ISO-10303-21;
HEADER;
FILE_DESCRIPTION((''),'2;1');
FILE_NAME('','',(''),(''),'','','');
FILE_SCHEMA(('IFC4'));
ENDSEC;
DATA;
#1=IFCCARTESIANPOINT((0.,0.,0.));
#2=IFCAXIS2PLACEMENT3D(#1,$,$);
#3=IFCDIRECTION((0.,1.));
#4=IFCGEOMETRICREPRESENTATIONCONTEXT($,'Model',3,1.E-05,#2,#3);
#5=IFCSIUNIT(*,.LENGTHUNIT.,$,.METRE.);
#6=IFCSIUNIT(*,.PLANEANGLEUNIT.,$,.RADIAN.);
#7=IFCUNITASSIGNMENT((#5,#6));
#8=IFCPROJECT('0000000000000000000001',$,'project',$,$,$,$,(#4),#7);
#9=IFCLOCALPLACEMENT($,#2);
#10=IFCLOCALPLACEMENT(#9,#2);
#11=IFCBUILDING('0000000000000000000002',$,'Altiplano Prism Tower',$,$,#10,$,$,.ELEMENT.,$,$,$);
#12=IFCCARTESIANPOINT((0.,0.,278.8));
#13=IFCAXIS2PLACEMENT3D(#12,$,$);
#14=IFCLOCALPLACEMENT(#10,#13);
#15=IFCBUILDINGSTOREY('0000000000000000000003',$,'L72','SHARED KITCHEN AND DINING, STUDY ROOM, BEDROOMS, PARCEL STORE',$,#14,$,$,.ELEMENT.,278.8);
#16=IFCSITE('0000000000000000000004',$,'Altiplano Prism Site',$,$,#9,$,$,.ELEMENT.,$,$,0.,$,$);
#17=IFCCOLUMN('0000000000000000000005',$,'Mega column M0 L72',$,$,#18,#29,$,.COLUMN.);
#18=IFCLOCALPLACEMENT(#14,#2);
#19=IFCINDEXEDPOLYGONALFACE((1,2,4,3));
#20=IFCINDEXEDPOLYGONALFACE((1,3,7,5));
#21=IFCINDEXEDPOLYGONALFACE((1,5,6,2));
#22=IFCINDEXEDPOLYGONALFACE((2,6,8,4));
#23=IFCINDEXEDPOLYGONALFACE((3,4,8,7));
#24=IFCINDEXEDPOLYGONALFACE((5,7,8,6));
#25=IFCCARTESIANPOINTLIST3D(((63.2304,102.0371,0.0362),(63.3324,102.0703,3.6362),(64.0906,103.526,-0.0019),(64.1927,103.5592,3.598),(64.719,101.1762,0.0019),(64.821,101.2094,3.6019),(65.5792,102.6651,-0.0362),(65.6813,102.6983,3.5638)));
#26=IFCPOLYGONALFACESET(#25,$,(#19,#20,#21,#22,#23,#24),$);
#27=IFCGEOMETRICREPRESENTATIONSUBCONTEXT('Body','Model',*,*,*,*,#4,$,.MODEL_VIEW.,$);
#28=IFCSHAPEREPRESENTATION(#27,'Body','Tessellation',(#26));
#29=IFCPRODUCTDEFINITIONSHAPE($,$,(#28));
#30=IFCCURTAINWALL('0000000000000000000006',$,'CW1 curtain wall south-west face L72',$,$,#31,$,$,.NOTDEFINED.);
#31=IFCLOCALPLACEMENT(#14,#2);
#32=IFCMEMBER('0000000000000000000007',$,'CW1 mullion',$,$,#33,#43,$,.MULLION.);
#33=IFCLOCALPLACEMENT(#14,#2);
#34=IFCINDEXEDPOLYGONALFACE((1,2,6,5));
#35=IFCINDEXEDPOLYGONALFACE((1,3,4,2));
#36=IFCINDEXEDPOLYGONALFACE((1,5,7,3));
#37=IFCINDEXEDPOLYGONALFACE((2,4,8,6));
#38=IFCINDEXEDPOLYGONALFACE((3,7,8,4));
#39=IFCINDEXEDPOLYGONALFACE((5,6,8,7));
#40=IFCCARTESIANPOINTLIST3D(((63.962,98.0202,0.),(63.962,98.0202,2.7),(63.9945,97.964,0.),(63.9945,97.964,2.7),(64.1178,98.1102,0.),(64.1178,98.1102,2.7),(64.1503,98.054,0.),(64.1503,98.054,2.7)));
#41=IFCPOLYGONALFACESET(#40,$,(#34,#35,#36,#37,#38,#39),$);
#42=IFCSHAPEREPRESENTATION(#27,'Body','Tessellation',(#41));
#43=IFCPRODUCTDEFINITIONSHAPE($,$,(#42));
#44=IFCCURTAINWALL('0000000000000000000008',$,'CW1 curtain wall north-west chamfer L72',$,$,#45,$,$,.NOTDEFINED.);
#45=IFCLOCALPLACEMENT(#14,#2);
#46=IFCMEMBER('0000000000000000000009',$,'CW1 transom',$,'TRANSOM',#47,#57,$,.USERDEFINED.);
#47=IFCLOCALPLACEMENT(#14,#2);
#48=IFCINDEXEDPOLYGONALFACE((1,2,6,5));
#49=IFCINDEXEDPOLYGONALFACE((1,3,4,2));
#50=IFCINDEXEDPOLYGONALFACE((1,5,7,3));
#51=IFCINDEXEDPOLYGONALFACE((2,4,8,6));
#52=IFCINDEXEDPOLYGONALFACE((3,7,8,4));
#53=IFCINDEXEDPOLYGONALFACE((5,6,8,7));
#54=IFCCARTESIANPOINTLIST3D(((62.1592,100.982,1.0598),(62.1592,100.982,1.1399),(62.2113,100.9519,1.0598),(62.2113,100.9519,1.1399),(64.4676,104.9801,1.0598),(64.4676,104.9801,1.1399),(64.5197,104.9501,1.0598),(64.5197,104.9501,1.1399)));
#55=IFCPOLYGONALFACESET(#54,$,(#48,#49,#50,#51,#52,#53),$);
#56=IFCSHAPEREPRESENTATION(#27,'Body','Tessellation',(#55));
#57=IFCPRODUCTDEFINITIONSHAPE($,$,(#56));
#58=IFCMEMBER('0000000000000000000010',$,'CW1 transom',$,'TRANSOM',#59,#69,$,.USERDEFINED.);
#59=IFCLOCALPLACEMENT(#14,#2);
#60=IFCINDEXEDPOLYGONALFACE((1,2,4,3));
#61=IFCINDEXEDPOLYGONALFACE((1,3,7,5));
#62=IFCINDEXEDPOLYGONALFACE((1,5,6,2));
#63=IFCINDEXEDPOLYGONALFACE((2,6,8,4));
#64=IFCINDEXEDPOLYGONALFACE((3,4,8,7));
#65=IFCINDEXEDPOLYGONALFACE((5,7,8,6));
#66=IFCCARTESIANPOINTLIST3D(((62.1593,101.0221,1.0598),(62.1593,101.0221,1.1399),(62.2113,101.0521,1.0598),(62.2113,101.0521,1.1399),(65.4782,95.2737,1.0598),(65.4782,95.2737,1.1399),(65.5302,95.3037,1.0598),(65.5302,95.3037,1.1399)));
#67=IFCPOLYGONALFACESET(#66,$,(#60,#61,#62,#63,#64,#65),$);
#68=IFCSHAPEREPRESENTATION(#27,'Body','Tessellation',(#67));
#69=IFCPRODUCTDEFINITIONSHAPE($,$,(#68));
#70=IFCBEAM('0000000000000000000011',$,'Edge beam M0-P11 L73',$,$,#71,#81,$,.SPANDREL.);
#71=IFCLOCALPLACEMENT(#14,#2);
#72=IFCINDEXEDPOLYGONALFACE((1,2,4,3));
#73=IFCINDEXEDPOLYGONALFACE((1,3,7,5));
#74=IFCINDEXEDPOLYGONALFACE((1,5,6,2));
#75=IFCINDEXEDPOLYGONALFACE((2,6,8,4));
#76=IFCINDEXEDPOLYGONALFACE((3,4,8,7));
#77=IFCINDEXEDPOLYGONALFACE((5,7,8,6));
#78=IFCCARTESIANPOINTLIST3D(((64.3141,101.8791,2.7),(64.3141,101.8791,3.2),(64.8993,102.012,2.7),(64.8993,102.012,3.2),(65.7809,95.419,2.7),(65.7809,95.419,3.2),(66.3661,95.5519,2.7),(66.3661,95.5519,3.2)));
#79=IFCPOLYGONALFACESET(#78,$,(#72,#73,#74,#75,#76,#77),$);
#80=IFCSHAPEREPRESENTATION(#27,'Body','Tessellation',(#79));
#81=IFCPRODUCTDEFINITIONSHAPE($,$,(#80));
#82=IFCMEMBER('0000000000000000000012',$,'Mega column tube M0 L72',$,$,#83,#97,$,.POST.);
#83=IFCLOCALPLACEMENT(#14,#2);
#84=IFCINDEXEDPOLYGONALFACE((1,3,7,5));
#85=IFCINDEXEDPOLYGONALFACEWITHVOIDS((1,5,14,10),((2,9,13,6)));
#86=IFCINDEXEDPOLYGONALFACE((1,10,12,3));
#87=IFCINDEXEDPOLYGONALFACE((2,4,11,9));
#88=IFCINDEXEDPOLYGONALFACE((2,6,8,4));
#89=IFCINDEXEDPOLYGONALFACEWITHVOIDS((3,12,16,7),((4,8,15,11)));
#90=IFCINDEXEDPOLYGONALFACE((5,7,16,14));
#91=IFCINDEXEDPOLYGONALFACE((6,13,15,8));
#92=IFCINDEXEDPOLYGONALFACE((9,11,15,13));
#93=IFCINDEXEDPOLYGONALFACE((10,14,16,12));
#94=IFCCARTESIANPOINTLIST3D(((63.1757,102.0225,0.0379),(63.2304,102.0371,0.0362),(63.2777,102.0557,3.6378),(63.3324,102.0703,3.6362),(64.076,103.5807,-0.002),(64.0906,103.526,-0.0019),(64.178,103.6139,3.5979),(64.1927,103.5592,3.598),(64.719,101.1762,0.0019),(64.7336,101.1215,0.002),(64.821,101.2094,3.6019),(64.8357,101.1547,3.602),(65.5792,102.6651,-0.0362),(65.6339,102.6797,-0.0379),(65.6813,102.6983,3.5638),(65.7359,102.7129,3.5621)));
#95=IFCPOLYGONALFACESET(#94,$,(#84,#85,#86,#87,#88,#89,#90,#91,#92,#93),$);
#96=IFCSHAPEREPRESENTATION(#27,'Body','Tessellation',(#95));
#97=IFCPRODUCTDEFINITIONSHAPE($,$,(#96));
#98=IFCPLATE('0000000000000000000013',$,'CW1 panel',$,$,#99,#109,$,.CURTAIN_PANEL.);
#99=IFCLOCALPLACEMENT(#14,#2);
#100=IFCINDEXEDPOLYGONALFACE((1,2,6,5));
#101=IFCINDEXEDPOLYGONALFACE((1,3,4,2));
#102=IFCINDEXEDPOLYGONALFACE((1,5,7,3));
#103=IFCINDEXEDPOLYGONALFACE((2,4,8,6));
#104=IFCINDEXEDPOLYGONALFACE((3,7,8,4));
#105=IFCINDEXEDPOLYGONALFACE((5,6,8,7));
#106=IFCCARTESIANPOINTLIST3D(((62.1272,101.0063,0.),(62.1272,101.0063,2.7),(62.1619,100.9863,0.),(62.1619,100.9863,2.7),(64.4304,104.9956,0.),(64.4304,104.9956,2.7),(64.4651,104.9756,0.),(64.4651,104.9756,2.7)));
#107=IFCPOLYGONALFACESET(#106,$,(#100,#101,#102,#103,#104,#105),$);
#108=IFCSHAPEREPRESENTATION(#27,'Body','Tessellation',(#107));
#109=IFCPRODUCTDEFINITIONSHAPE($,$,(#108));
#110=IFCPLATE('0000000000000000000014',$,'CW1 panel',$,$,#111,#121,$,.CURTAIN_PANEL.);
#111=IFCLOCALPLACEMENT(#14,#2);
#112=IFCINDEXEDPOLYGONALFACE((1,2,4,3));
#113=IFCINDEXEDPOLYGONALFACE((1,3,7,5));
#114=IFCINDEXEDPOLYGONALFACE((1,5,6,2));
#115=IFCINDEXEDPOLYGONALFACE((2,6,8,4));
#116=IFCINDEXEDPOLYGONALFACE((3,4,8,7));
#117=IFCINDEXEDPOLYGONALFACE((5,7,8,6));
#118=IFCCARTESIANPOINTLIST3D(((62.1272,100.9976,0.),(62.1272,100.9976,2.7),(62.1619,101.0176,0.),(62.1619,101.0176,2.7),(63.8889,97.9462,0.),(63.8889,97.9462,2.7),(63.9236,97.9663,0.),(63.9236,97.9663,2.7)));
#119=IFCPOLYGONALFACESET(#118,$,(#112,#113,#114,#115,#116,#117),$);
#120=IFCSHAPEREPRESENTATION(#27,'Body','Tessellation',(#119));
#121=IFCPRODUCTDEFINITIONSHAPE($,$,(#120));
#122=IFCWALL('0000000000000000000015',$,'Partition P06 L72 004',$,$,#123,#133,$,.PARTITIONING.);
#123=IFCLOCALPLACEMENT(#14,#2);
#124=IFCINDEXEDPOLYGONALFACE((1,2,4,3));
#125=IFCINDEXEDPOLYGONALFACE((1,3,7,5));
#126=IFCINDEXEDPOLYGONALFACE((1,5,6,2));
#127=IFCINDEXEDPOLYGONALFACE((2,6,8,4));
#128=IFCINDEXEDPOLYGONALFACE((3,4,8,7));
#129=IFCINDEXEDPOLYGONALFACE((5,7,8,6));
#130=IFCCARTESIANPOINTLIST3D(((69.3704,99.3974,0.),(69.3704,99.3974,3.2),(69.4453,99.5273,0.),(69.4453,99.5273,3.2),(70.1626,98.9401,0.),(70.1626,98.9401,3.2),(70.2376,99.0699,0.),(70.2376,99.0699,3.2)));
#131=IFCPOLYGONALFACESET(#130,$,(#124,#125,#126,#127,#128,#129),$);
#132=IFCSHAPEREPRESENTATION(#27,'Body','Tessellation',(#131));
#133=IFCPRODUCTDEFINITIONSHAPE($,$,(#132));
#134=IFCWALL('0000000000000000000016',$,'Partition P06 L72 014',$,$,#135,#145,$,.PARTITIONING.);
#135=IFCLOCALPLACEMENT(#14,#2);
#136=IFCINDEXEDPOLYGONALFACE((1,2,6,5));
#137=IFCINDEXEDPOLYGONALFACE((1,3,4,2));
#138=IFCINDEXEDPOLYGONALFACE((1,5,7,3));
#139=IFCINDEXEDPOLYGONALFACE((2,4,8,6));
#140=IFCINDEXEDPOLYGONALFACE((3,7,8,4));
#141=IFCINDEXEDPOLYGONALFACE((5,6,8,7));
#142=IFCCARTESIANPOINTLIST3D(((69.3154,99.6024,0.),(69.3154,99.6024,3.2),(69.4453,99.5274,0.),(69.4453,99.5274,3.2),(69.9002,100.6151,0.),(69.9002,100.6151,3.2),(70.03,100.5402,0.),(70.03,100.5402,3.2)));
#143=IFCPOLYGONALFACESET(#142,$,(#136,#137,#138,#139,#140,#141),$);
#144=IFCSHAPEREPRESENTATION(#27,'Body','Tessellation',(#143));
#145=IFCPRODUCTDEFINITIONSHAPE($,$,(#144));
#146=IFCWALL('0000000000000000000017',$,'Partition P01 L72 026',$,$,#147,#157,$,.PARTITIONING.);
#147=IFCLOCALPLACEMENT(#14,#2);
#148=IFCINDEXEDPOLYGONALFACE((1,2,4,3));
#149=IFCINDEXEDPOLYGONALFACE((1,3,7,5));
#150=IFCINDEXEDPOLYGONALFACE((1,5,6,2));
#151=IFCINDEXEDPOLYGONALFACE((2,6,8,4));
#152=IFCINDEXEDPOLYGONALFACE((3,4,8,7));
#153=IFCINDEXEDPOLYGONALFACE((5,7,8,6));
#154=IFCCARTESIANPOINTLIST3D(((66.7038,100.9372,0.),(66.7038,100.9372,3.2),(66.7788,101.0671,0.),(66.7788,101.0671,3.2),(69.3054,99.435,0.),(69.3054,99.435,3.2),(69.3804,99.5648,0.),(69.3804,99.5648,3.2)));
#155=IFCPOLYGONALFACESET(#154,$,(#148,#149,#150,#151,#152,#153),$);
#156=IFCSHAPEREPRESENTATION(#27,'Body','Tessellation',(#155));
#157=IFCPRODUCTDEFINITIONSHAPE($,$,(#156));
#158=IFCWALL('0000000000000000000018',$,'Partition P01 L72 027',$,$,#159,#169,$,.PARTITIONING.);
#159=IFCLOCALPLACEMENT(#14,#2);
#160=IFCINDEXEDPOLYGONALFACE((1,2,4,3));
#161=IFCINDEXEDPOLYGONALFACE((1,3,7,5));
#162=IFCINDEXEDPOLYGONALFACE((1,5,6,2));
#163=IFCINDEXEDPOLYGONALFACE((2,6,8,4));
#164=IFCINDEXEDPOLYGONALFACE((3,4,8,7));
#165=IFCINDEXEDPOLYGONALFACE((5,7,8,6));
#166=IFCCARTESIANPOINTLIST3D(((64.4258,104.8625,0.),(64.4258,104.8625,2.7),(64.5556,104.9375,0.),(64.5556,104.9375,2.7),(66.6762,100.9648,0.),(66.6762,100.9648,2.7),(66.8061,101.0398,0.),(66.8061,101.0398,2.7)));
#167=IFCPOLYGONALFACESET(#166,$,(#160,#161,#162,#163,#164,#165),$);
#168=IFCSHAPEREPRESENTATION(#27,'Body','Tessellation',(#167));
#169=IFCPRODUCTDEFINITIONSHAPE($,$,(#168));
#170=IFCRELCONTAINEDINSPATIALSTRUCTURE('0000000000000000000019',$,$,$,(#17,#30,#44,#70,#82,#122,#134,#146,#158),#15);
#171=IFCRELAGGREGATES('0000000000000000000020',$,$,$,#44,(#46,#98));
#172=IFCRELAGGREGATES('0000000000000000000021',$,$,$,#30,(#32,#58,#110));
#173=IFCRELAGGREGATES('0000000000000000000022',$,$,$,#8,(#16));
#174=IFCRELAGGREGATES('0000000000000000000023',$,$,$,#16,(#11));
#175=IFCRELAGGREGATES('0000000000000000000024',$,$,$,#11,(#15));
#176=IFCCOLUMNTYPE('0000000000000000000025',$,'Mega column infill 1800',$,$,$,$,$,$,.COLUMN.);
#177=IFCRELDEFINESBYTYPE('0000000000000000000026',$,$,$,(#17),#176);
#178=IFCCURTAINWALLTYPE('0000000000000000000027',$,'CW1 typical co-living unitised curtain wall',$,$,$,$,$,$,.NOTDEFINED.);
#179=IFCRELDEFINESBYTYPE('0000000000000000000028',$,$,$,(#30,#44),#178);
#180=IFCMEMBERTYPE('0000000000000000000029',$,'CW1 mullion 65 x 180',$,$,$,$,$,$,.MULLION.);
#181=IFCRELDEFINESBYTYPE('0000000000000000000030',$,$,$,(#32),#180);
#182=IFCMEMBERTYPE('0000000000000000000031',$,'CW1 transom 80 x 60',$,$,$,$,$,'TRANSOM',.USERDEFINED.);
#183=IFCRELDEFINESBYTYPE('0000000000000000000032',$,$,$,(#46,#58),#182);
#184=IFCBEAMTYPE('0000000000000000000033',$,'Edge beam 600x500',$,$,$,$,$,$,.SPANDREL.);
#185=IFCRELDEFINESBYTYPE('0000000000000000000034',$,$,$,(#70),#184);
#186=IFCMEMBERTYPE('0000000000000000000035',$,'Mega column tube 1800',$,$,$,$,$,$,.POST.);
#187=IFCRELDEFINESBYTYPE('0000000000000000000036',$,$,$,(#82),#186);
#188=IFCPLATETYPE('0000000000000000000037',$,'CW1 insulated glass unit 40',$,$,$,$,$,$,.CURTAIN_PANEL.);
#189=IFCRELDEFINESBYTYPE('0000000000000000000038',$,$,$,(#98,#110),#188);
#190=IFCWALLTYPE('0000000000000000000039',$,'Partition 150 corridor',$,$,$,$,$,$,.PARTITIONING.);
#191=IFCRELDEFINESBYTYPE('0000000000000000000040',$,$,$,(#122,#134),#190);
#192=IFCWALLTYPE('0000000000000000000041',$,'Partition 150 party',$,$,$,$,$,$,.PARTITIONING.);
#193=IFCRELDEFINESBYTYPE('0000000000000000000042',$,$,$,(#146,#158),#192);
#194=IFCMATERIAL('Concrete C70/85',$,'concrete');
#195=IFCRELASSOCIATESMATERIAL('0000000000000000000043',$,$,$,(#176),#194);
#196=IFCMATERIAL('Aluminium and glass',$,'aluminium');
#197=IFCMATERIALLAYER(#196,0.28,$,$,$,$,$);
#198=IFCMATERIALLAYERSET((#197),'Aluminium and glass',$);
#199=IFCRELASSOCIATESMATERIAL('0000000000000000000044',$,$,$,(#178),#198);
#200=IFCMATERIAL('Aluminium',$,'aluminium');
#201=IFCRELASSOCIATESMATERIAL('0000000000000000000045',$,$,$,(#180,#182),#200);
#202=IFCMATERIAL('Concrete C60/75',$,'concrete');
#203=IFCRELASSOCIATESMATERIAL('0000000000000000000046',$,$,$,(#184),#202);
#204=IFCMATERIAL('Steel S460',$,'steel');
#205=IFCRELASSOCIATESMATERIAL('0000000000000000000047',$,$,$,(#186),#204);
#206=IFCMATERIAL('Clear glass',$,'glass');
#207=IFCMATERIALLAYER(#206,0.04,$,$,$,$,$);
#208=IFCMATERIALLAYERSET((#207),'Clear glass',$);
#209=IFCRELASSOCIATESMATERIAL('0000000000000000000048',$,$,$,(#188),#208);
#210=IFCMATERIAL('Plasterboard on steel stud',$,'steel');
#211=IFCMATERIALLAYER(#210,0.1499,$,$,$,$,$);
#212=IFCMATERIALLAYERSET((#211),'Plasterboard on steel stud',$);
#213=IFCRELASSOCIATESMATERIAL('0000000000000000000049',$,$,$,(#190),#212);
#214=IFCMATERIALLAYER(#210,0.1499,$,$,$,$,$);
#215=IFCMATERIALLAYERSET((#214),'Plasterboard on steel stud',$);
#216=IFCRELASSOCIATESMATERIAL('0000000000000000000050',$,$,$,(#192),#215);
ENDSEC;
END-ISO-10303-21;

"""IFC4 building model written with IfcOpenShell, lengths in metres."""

from ifc_helpers import new_model, si_unit, direction, frame, frame_2d, origin, origin_2d, place, context, subcontext, project, spatial, rectangle, hollow_rectangle, extrude, material, layer, layer_set, material_profile, profile_set, type_object, element, aggregate, save


model = new_model("IFC4")

# Units and contexts
model_context = context("Model", 3, precision=1e-05, world=origin(), true_north=direction((0.0, 1.0)))
body_context = subcontext(model_context, "Body", "Model", "MODEL_VIEW")
ifc_project = project(units=[si_unit("LENGTHUNIT", "METRE"), si_unit("PLANEANGLEUNIT", "RADIAN")], contexts=[model_context])

# Site, building, storey
site_placement = place(None, origin())
site = spatial("IfcSite", under=ifc_project, at=site_placement, Name="Altiplano Prism Site", CompositionType="ELEMENT", RefElevation=0.0)
building_placement = place(site_placement, origin())
building = spatial("IfcBuilding", under=site, at=building_placement, Name="Altiplano Prism Tower", CompositionType="ELEMENT")
storey_placement = place(building_placement, frame((0.0, 0.0, 278.8)))
storey = spatial("IfcBuildingStorey", under=building, at=storey_placement, Name="L72", Description="SHARED KITCHEN AND DINING, STUDY ROOM, BEDROOMS, PARCEL STORE", CompositionType="ELEMENT", Elevation=278.8)

# Column
ifc_material_1 = material(Name="Concrete C70/85", Category="concrete")
ifc_material_profile_1 = material_profile(ifc_material_1, rectangle(XDim=1.72, YDim=1.72, at=origin_2d()), Name="Mega column infill 1800")
ifc_profile_set_1 = profile_set([ifc_material_profile_1], Name="Concrete C70/85")
column_type = type_object("IfcColumnType", Name="Mega column infill 1800", PredefinedType="COLUMN", material=ifc_profile_set_1)
column_placement = place(storey_placement, frame((64.4048, 102.3511, 0.0), z_axis=(0.028336, 0.009219, 0.999556), x_axis=(-0.86548, 0.500547, 0.019918)))
element("IfcColumn", 1, at=column_placement, inside=storey, type_object=column_type, Name="Mega column M0 L72", PredefinedType="COLUMN", context=body_context, shape_type="SweptSolid", body=[
    extrude(rectangle(XDim=1.72, YDim=1.72, at=origin_2d()), origin(), (0.0, 0.0, 1.0), 3.6016),
])

# Curtain walls, members
ifc_material_2 = material(Name="Aluminium and glass", Category="aluminium")
ifc_layer_1 = layer(ifc_material_2, 0.28)
ifc_layer_set_1 = layer_set([ifc_layer_1], Name="Aluminium and glass")
curtain_wall_type = type_object("IfcCurtainWallType", Name="CW1 typical co-living unitised curtain wall", PredefinedType="NOTDEFINED", material=ifc_layer_set_1)
curtain_wall_1_placement = place(storey_placement, origin())
curtain_wall_1 = element("IfcCurtainWall", 2, at=curtain_wall_1_placement, inside=storey, type_object=curtain_wall_type, Name="CW1 curtain wall south-west face L72", PredefinedType="NOTDEFINED")
ifc_material_3 = material(Name="Aluminium", Category="aluminium")
ifc_material_profile_2 = material_profile(ifc_material_3, rectangle(XDim=0.1799, YDim=0.0649, at=origin_2d()), Name="CW1 mullion 65 x 180")
ifc_profile_set_2 = profile_set([ifc_material_profile_2], Name="Aluminium")
member_type_1 = type_object("IfcMemberType", Name="CW1 mullion 65 x 180", PredefinedType="MULLION", material=ifc_profile_set_2)
member_1_placement = place(storey_placement, frame((64.0562, 98.0371, 0.0), z_axis=(0.0, 0.0, 1.0), x_axis=(0.866025, 0.5, 0.0)))
member_1 = element("IfcMember", 3, at=member_1_placement, type_object=member_type_1, Name="CW1 mullion", PredefinedType="MULLION", context=body_context, shape_type="SweptSolid", body=[
    extrude(rectangle(XDim=0.1799, YDim=0.0649, at=origin_2d()), origin(), (0.0, 0.0, 1.0), 2.7),
])
curtain_wall_2_placement = place(storey_placement, origin())
curtain_wall_2 = element("IfcCurtainWall", 4, at=curtain_wall_2_placement, inside=storey, type_object=curtain_wall_type, Name="CW1 curtain wall north-west chamfer L72", PredefinedType="NOTDEFINED")
ifc_material_profile_3 = material_profile(ifc_material_3, rectangle(XDim=0.0601, YDim=0.0801, at=origin_2d()), Name="CW1 transom 80 x 60")
ifc_profile_set_3 = profile_set([ifc_material_profile_3], Name="Aluminium")
member_type_2 = type_object("IfcMemberType", Name="CW1 transom 80 x 60", ElementType="TRANSOM", PredefinedType="USERDEFINED", material=ifc_profile_set_3)
member_2_placement = place(storey_placement, frame((64.4937, 104.9651, 1.0999), z_axis=(-0.500012, -0.866018, 0.0), x_axis=(0.866018, -0.500012, 0.0)))
member_2 = element("IfcMember", 5, at=member_2_placement, type_object=member_type_2, Name="CW1 transom", ObjectType="TRANSOM", PredefinedType="USERDEFINED", context=body_context, shape_type="SweptSolid", body=[
    extrude(rectangle(XDim=0.0601, YDim=0.0801, at=origin_2d()), origin(), (0.0, 0.0, 1.0), 4.6167),
])

# Member
member_3_placement = place(storey_placement, frame((62.1853, 101.0371, 1.0999), z_axis=(0.500008, -0.866021, 0.0), x_axis=(0.866021, 0.500008, 0.0)))
member_3 = element("IfcMember", 6, at=member_3_placement, type_object=member_type_2, Name="CW1 transom", ObjectType="TRANSOM", PredefinedType="USERDEFINED", context=body_context, shape_type="SweptSolid", body=[
    extrude(rectangle(XDim=0.0601, YDim=0.0801, at=origin_2d()), origin(), (0.0, 0.0, 1.0), 6.6377),
])

# Beam
ifc_material_4 = material(Name="Concrete C60/75", Category="concrete")
ifc_material_profile_4 = material_profile(ifc_material_4, rectangle(XDim=0.6001, YDim=0.5, at=origin_2d()), Name="Edge beam 600x500")
ifc_profile_set_4 = profile_set([ifc_material_profile_4], Name="Concrete C60/75")
beam_type = type_object("IfcBeamType", Name="Edge beam 600x500", PredefinedType="SPANDREL", material=ifc_profile_set_4)
beam_placement = place(storey_placement, frame((64.6067, 101.9456, 2.95), z_axis=(0.221424, -0.975178, 0.0), x_axis=(0.975178, 0.221424, 0.0)))
element("IfcBeam", 7, at=beam_placement, inside=storey, type_object=beam_type, Name="Edge beam M0-P11 L73", PredefinedType="SPANDREL", context=body_context, shape_type="SweptSolid", body=[
    extrude(rectangle(XDim=0.6001, YDim=0.5, at=origin_2d()), origin(), (0.0, 0.0, 1.0), 6.6245),
])

# Member
ifc_material_5 = material(Name="Steel S460", Category="steel")
ifc_material_profile_5 = material_profile(ifc_material_5, hollow_rectangle(XDim=1.8, YDim=1.8, WallThickness=0.04, at=origin_2d()), Name="Mega column tube 1800")
ifc_profile_set_5 = profile_set([ifc_material_profile_5], Name="Steel S460")
member_type_3 = type_object("IfcMemberType", Name="Mega column tube 1800", PredefinedType="POST", material=ifc_profile_set_5)
member_4_placement = place(storey_placement, frame((64.4048, 102.3511, 0.0), z_axis=(0.028336, 0.009219, 0.999556), x_axis=(-0.86548, 0.500547, 0.019918)))
element("IfcMember", 8, at=member_4_placement, inside=storey, type_object=member_type_3, Name="Mega column tube M0 L72", PredefinedType="POST", context=body_context, shape_type="SweptSolid", body=[
    extrude(hollow_rectangle(XDim=1.8, YDim=1.8, WallThickness=0.04, at=origin_2d()), origin(), (0.0, 0.0, 1.0), 3.6016),
])

# Plates
ifc_material_6 = material(Name="Clear glass", Category="glass")
ifc_layer_2 = layer(ifc_material_6, 0.04)
ifc_layer_set_2 = layer_set([ifc_layer_2], Name="Clear glass")
plate_type = type_object("IfcPlateType", Name="CW1 insulated glass unit 40", PredefinedType="CURTAIN_PANEL", material=ifc_layer_set_2)
plate_1_placement = place(storey_placement, frame((63.2961, 102.991, 0.0), z_axis=(0.0, 0.0, 1.0), x_axis=(-0.5, -0.866025, 0.0)))
plate_1 = element("IfcPlate", 9, at=plate_1_placement, type_object=plate_type, Name="CW1 panel", PredefinedType="CURTAIN_PANEL", context=body_context, shape_type="SweptSolid", body=[
    extrude(rectangle(XDim=4.6064, YDim=0.04, at=origin_2d()), origin(), (0.0, 0.0, 1.0), 2.7),
])
aggregate(curtain_wall_2, [member_2, plate_1])
plate_2_placement = place(storey_placement, frame((63.0254, 99.4819, 0.0), z_axis=(0.0, 0.0, 1.0), x_axis=(0.5, -0.866025, 0.0)))
plate_2 = element("IfcPlate", 10, at=plate_2_placement, type_object=plate_type, Name="CW1 panel", PredefinedType="CURTAIN_PANEL", context=body_context, shape_type="SweptSolid", body=[
    extrude(rectangle(XDim=3.5234, YDim=0.04, at=origin_2d()), origin(), (0.0, 0.0, 1.0), 2.7),
])
aggregate(curtain_wall_1, [member_1, member_3, plate_2])

# Walls
ifc_material_7 = material(Name="Plasterboard on steel stud", Category="steel")
ifc_layer_3 = layer(ifc_material_7, 0.1499)
ifc_layer_set_3 = layer_set([ifc_layer_3], Name="Plasterboard on steel stud")
wall_type_1 = type_object("IfcWallType", Name="Partition 150 corridor", PredefinedType="PARTITIONING", material=ifc_layer_set_3)
wall_1_placement = place(storey_placement, frame((69.4077, 99.4624, 0.0), z_axis=(0.0, 0.0, 1.0), x_axis=(0.866083, -0.4999, 0.0)))
element("IfcWall", 11, at=wall_1_placement, inside=storey, type_object=wall_type_1, Name="Partition P06 L72 004", PredefinedType="PARTITIONING", context=body_context, shape_type="SweptSolid", body=[
    extrude(rectangle(XDim=0.9148, YDim=0.1499, at=frame_2d((0.4575, 0.0))), origin(), (0.0, 0.0, 1.0), 3.2),
])
wall_2_placement = place(storey_placement, frame((69.9651, 100.5776, 0.0), z_axis=(0.0, 0.0, 1.0), x_axis=(-0.500024, -0.866012, 0.0)))
element("IfcWall", 12, at=wall_2_placement, inside=storey, type_object=wall_type_1, Name="Partition P06 L72 014", PredefinedType="PARTITIONING", context=body_context, shape_type="SweptSolid", body=[
    extrude(rectangle(XDim=1.1694, YDim=0.1499, at=frame_2d((0.5847, 0.0))), origin(), (0.0, 0.0, 1.0), 3.2),
])
ifc_layer_4 = layer(ifc_material_7, 0.1499)
ifc_layer_set_4 = layer_set([ifc_layer_4], Name="Plasterboard on steel stud")
wall_type_2 = type_object("IfcWallType", Name="Partition 150 party", PredefinedType="PARTITIONING", material=ifc_layer_set_4)
wall_3_placement = place(storey_placement, frame((69.3428, 99.5, 0.0), z_axis=(0.0, 0.0, 1.0), x_axis=(-0.865999, 0.500046, 0.0)))
element("IfcWall", 13, at=wall_3_placement, inside=storey, type_object=wall_type_2, Name="Partition P01 L72 026", PredefinedType="PARTITIONING", context=body_context, shape_type="SweptSolid", body=[
    extrude(rectangle(XDim=3.0042, YDim=0.1499, at=frame_2d((1.502, 0.0))), origin(), (0.0, 0.0, 1.0), 3.2),
])
wall_4_placement = place(storey_placement, frame((66.7412, 101.0022, 0.0), z_axis=(0.0, 0.0, 1.0), x_axis=(-0.500025, 0.866011, 0.0)))
element("IfcWall", 14, at=wall_4_placement, inside=storey, type_object=wall_type_2, Name="Partition P01 L72 027", PredefinedType="PARTITIONING", context=body_context, shape_type="SweptSolid", body=[
    extrude(rectangle(XDim=4.5007, YDim=0.1499, at=frame_2d((2.2505, 0.0))), origin(), (0.0, 0.0, 1.0), 2.7),
])

save(model, "model.ifc")
